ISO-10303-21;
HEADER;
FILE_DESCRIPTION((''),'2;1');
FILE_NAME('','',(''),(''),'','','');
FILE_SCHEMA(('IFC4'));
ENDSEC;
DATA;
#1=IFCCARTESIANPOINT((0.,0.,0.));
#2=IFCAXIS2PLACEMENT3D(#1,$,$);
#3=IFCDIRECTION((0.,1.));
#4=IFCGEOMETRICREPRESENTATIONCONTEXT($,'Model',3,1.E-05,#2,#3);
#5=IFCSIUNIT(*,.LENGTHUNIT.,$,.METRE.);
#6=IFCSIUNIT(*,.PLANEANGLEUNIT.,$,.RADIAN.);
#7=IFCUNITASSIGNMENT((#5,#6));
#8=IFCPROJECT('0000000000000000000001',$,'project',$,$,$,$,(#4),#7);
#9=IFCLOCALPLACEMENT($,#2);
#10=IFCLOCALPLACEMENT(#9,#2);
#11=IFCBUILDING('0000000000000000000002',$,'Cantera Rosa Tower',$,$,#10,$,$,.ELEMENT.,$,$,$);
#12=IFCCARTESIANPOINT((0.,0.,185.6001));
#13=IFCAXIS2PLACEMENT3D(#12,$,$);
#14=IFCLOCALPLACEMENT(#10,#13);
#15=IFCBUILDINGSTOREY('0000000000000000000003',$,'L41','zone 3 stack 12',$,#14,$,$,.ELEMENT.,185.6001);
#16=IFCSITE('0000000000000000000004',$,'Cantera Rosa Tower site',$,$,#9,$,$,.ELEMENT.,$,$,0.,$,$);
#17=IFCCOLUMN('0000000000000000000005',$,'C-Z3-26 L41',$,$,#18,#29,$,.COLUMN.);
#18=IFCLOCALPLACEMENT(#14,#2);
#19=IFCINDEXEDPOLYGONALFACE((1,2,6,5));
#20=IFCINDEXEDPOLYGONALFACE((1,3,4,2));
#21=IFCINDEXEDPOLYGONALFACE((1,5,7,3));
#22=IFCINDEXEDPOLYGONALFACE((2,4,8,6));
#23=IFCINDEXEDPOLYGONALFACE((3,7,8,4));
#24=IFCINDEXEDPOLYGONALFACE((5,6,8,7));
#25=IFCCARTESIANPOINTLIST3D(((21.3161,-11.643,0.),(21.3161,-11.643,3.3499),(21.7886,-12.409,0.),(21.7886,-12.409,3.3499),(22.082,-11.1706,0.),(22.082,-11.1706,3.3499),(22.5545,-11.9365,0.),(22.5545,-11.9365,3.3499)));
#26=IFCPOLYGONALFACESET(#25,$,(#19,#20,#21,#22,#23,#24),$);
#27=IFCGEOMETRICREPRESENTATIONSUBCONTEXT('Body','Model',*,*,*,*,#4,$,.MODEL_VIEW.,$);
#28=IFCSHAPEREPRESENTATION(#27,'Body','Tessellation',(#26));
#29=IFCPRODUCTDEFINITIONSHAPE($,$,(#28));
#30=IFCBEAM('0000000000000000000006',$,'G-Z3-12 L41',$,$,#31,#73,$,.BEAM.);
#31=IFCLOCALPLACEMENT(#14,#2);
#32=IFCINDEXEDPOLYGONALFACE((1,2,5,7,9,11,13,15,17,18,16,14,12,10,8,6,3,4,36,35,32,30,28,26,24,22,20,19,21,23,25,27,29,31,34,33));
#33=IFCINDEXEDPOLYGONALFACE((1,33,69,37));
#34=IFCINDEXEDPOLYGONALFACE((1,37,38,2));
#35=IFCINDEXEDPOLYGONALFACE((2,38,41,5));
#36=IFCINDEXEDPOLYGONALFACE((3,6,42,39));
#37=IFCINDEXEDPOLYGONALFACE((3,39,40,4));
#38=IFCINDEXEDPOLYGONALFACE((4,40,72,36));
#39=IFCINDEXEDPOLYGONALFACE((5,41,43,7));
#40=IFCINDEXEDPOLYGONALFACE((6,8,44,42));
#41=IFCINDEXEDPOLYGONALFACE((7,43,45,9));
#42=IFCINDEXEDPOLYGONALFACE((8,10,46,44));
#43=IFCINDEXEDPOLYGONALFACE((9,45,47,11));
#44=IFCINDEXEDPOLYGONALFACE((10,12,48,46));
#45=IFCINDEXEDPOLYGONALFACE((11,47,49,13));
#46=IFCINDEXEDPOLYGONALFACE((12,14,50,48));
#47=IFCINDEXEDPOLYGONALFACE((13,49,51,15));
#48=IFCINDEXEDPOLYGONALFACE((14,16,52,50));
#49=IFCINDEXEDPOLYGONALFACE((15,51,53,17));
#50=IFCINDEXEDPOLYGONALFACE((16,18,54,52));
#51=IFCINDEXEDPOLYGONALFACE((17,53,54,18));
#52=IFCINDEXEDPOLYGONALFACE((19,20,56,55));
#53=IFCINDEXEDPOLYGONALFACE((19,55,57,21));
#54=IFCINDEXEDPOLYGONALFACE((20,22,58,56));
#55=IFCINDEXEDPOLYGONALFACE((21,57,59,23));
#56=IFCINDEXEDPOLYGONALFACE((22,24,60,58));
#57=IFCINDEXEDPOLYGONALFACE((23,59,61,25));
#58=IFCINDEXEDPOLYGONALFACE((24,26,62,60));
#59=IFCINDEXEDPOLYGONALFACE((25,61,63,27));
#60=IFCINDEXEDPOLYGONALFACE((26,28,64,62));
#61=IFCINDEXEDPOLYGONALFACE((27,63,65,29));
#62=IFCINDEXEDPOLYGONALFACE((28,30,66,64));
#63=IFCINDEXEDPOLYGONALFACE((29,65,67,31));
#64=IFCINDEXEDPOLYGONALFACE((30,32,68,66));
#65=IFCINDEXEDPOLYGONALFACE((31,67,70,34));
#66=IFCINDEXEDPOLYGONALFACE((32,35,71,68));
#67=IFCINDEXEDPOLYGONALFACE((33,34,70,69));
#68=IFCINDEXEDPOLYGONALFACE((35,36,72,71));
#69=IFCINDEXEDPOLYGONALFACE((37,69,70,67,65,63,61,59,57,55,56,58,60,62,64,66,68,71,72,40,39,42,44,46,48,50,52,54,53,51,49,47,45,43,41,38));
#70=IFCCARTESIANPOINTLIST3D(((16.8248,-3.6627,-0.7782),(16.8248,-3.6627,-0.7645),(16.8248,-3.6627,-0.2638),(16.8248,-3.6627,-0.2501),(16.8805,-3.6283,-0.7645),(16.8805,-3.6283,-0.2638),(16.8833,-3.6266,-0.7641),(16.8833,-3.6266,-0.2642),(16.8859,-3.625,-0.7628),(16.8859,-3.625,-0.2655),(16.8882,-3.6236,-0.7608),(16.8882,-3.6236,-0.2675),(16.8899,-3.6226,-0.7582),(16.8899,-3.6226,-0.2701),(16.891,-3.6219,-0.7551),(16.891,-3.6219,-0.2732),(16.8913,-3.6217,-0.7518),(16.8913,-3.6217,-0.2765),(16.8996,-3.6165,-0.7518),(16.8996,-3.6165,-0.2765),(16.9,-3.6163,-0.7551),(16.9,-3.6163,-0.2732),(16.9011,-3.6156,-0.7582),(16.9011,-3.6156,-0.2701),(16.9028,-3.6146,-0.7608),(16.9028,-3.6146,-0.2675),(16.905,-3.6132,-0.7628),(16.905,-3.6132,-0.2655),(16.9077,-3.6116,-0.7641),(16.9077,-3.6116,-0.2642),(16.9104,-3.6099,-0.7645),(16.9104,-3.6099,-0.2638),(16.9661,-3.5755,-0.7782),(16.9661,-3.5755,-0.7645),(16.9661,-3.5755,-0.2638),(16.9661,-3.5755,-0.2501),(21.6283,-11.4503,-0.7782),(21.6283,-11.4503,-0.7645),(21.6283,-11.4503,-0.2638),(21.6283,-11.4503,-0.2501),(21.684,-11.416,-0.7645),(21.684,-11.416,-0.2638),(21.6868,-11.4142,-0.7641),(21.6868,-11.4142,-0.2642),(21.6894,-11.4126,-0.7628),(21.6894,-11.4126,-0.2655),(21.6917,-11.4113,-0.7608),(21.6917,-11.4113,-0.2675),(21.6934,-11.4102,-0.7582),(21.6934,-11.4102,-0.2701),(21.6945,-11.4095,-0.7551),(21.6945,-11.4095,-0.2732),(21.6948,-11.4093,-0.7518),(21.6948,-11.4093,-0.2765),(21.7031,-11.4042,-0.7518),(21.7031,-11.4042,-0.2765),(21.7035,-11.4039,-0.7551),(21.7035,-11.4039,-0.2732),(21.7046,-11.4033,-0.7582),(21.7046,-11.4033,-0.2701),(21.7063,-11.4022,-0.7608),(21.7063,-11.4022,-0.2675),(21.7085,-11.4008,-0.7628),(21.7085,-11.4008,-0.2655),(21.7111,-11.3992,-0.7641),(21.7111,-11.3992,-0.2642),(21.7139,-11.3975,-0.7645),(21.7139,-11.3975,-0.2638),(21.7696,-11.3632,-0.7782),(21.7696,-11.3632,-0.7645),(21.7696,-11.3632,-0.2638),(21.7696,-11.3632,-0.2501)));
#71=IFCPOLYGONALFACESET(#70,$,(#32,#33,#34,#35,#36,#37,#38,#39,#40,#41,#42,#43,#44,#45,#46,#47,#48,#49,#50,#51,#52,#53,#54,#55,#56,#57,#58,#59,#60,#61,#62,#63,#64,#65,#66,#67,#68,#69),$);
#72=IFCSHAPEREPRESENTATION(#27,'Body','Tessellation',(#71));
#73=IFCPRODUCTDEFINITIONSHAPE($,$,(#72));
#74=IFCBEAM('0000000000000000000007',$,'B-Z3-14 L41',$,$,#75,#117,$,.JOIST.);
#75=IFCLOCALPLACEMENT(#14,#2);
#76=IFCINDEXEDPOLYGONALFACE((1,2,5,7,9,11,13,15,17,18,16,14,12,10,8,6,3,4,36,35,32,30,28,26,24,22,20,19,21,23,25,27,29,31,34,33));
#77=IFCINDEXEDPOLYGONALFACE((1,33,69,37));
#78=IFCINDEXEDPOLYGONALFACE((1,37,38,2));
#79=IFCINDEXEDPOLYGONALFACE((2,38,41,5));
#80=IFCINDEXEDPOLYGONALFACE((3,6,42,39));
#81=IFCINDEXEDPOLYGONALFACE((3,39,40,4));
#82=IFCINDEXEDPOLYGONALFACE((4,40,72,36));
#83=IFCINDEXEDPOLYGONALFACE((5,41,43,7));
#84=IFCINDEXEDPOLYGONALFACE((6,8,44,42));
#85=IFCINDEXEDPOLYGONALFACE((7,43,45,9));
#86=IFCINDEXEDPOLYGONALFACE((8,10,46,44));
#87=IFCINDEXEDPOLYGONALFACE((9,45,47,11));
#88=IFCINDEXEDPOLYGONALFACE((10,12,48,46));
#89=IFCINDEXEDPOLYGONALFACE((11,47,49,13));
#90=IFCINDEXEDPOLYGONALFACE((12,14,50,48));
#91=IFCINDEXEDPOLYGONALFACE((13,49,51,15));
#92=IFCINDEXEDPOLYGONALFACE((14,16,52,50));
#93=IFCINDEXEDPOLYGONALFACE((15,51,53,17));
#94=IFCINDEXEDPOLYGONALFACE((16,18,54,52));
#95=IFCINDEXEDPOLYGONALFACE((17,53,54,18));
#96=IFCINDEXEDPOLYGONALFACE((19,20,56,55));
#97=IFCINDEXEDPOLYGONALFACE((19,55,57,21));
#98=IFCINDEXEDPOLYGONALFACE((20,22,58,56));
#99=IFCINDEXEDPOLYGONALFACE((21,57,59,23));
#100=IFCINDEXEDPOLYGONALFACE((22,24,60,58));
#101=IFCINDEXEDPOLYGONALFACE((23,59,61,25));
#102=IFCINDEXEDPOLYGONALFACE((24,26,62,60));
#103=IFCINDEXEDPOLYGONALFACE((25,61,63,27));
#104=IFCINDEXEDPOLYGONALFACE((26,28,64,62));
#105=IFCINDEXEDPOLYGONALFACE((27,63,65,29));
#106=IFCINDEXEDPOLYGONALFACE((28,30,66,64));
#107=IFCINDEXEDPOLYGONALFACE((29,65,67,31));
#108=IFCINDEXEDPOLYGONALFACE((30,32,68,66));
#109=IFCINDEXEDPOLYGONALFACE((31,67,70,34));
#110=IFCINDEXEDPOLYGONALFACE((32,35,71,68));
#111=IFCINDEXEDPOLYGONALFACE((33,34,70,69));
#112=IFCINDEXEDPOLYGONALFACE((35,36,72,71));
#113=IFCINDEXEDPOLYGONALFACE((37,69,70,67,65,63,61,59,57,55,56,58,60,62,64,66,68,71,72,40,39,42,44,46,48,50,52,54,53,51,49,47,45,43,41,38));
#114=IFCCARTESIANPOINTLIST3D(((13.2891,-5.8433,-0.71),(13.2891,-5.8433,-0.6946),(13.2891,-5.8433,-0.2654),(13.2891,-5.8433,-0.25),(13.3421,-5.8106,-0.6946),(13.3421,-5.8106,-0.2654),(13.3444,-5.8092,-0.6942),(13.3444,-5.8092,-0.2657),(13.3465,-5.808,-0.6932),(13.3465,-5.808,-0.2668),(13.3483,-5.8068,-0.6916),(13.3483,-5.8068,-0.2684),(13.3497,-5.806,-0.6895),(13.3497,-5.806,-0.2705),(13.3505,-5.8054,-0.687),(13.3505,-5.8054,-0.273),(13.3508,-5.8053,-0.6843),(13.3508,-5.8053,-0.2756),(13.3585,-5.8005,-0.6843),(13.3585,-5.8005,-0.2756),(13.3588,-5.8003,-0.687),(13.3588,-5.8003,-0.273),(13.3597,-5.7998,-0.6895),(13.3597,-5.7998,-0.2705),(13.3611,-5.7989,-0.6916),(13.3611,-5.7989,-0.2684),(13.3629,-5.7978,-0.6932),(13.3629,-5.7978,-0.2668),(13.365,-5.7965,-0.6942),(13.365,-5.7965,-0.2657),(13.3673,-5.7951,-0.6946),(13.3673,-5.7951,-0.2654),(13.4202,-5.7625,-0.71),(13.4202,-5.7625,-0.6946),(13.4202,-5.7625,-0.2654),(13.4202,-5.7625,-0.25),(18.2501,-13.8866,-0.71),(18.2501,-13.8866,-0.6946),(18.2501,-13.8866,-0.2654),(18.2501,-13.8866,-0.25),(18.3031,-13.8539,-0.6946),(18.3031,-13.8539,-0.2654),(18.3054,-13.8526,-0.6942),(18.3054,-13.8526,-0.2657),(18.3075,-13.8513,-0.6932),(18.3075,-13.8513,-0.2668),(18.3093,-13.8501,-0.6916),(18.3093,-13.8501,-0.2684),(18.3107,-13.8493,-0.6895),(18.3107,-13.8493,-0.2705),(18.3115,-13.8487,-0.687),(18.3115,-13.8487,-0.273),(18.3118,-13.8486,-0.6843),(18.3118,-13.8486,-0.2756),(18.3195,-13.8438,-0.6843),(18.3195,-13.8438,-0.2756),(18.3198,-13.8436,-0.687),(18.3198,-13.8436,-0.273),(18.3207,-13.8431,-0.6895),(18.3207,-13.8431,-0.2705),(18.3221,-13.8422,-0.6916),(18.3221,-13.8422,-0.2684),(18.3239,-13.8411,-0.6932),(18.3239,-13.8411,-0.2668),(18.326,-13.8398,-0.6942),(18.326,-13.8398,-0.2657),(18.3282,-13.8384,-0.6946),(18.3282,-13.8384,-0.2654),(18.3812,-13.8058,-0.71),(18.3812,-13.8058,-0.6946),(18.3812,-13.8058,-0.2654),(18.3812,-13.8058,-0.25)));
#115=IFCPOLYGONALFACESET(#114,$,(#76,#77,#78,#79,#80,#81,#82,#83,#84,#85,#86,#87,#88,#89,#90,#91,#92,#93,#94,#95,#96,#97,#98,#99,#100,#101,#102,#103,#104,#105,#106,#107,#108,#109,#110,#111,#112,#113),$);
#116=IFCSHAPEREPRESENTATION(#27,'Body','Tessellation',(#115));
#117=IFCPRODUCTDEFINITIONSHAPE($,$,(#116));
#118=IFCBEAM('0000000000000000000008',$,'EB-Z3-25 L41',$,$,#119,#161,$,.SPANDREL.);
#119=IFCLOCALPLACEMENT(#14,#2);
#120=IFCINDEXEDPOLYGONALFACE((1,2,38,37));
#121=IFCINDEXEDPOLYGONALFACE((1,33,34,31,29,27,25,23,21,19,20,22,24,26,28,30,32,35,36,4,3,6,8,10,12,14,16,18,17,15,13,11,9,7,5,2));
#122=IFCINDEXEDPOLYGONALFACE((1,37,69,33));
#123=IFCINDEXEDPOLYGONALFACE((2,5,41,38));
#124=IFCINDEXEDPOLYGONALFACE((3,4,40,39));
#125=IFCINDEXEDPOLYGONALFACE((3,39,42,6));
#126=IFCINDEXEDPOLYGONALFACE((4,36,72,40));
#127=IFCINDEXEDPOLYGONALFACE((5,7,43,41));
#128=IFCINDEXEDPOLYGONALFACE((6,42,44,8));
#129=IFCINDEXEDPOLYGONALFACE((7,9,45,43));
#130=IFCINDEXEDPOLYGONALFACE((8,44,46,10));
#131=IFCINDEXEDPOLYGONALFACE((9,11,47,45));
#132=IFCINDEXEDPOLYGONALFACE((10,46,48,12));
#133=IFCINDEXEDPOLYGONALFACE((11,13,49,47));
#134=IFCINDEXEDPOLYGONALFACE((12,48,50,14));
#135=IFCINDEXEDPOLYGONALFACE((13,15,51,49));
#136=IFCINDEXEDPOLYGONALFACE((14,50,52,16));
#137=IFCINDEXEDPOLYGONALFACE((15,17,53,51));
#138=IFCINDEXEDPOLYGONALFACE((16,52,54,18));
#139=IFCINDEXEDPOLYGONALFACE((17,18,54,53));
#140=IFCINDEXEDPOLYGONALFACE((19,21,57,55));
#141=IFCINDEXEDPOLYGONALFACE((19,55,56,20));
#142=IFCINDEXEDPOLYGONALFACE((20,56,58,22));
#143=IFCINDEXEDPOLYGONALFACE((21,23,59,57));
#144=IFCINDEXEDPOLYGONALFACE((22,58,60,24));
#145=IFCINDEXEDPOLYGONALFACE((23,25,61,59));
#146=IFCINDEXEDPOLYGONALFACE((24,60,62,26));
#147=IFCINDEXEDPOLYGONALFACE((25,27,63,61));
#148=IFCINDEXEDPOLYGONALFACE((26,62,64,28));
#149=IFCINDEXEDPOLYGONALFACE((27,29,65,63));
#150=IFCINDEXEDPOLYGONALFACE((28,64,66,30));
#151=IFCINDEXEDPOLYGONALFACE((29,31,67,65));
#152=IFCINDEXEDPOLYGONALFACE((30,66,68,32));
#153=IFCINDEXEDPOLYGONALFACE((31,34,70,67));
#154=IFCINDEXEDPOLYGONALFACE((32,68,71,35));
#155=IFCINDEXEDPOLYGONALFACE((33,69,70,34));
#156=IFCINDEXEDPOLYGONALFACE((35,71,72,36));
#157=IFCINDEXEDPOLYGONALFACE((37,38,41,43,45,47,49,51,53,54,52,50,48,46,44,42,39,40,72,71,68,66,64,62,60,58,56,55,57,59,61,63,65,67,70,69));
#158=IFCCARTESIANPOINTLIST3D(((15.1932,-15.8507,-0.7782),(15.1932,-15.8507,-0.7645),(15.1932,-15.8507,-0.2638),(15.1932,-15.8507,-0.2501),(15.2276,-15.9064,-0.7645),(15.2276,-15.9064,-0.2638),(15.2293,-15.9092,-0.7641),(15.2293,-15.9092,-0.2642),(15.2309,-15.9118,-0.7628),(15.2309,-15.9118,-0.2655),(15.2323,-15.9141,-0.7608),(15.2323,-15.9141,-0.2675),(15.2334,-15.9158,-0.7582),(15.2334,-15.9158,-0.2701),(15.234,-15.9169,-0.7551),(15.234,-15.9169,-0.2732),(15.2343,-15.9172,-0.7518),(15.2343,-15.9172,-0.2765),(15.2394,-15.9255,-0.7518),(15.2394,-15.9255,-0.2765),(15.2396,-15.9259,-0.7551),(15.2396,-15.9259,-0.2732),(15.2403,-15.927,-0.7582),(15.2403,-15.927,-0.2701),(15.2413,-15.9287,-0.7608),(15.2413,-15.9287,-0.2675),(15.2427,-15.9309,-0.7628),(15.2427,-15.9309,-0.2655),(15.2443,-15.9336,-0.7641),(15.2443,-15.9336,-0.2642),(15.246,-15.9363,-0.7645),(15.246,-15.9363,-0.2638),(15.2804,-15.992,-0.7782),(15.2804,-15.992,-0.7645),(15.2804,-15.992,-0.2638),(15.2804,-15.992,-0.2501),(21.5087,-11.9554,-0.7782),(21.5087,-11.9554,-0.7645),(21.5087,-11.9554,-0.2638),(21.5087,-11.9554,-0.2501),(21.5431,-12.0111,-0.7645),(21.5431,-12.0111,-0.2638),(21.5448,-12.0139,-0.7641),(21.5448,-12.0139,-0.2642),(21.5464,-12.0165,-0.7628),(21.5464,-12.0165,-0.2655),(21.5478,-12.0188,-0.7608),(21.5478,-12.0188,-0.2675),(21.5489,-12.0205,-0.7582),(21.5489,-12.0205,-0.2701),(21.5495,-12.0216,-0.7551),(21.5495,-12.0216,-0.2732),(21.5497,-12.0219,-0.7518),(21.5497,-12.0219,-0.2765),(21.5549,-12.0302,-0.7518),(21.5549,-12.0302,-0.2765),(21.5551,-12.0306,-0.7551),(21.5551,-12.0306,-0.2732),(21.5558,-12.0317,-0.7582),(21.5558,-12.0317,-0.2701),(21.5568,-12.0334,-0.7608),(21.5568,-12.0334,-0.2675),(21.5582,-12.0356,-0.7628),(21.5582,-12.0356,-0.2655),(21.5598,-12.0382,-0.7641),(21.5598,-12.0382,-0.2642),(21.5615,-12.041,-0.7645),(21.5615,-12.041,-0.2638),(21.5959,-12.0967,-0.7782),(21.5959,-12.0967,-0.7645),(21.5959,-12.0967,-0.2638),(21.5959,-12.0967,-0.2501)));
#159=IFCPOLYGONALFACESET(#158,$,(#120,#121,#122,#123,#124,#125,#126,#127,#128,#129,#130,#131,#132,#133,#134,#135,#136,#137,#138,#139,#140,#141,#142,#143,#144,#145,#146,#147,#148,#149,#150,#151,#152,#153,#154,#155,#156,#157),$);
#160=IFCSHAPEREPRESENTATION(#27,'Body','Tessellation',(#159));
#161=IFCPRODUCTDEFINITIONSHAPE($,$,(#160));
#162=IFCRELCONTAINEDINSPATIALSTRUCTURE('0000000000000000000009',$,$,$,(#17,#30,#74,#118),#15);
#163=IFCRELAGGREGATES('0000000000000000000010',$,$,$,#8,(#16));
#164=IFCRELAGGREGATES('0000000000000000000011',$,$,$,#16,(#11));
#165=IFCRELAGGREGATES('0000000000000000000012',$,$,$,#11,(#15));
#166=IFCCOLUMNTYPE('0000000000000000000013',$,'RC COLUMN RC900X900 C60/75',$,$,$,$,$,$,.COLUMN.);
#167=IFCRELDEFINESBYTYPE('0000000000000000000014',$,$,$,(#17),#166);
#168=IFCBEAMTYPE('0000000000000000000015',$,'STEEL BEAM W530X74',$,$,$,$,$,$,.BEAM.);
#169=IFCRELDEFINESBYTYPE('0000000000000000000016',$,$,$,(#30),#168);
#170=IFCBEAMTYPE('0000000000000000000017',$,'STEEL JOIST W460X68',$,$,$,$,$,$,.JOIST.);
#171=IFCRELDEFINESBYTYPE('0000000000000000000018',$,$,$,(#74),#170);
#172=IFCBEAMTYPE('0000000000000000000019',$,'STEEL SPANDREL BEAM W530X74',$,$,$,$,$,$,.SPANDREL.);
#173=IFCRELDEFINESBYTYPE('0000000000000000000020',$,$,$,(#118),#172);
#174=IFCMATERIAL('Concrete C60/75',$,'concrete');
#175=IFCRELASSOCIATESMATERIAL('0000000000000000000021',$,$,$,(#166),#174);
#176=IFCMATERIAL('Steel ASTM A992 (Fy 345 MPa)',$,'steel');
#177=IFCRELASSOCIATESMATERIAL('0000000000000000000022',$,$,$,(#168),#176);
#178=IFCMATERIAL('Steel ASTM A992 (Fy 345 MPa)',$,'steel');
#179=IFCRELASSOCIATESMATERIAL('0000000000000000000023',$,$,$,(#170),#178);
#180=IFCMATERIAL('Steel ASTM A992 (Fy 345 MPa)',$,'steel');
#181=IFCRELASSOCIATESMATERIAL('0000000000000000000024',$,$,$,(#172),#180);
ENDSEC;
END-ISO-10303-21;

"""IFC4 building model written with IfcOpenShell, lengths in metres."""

from ifc_helpers import new_model, si_unit, direction, frame, origin, origin_2d, place, context, subcontext, project, spatial, rectangle, i_section, extrude, material, material_profile, profile_set, type_object, element, save


model = new_model("IFC4")

# Units and contexts
model_context = context("Model", 3, precision=1e-05, world=origin(), true_north=direction((0.0, 1.0)))
body_context = subcontext(model_context, "Body", "Model", "MODEL_VIEW")
ifc_project = project(units=[si_unit("LENGTHUNIT", "METRE"), si_unit("PLANEANGLEUNIT", "RADIAN")], contexts=[model_context])

# Site, building, storey
site_placement = place(None, origin())
site = spatial("IfcSite", under=ifc_project, at=site_placement, Name="Cantera Rosa Tower site", CompositionType="ELEMENT", RefElevation=0.0)
building_placement = place(site_placement, origin())
building = spatial("IfcBuilding", under=site, at=building_placement, Name="Cantera Rosa Tower", CompositionType="ELEMENT")
storey_placement = place(building_placement, frame((0.0, 0.0, 185.6001)))
storey = spatial("IfcBuildingStorey", under=building, at=storey_placement, Name="L41", Description="zone 3 stack 12", CompositionType="ELEMENT", Elevation=185.6001)

# Column
ifc_material_1 = material(Name="Concrete C60/75", Category="concrete")
ifc_material_profile_1 = material_profile(ifc_material_1, rectangle(XDim=0.8999, YDim=0.8999, at=origin_2d()), Name="RC COLUMN RC900X900 C60/75")
ifc_profile_set_1 = profile_set([ifc_material_profile_1], Name="Concrete C60/75")
column_type = type_object("IfcColumnType", Name="RC COLUMN RC900X900 C60/75", PredefinedType="COLUMN", material=ifc_profile_set_1)
column_placement = place(storey_placement, frame((21.9353, -11.7898, 0.0), z_axis=(0.0, 0.0, 1.0), x_axis=(0.851117, 0.524977, 0.0)))
element("IfcColumn", 1, at=column_placement, inside=storey, type_object=column_type, Name="C-Z3-26 L41", PredefinedType="COLUMN", context=body_context, shape_type="SweptSolid", body=[
    extrude(rectangle(XDim=0.8999, YDim=0.8999, at=origin_2d()), origin(), (0.0, 0.0, 1.0), 3.3499),
])

# Beams
ifc_material_2 = material(Name="Steel ASTM A992 (Fy 345 MPa)", Category="steel")
ifc_material_profile_2 = material_profile(ifc_material_2, i_section(OverallWidth=0.166, OverallDepth=0.5281, WebThickness=0.0098, FlangeThickness=0.0137, FilletRadius=0.0127, at=origin_2d()), Name="W530X74")
ifc_profile_set_2 = profile_set([ifc_material_profile_2], Name="Steel ASTM A992 (Fy 345 MPa)")
beam_type_1 = type_object("IfcBeamType", Name="STEEL BEAM W530X74", PredefinedType="BEAM", material=ifc_profile_set_2)
beam_1_placement = place(storey_placement, frame((21.699, -11.4067, -0.5142), z_axis=(-0.524977, 0.851116, 0.0), x_axis=(-0.851116, -0.524977, 0.0)))
element("IfcBeam", 2, at=beam_1_placement, inside=storey, type_object=beam_type_1, Name="G-Z3-12 L41", PredefinedType="BEAM", context=body_context, shape_type="SweptSolid", body=[
    extrude(i_section(OverallWidth=0.166, OverallDepth=0.5281, WebThickness=0.0098, FlangeThickness=0.0137, FilletRadius=0.0127, at=origin_2d()), origin(), (0.0, 0.0, 1.0), 9.1499),
])
ifc_material_3 = material(Name="Steel ASTM A992 (Fy 345 MPa)", Category="steel")
ifc_material_profile_3 = material_profile(ifc_material_3, i_section(OverallWidth=0.1541, OverallDepth=0.46, WebThickness=0.009, FlangeThickness=0.0154, FilletRadius=0.0103, at=origin_2d()), Name="W460X68")
ifc_profile_set_3 = profile_set([ifc_material_profile_3], Name="Steel ASTM A992 (Fy 345 MPa)")
beam_type_2 = type_object("IfcBeamType", Name="STEEL JOIST W460X68", PredefinedType="JOIST", material=ifc_profile_set_3)
beam_2_placement = place(storey_placement, frame((18.3157, -13.8462, -0.48), z_axis=(-0.524962, 0.851126, 0.0), x_axis=(-0.851126, -0.524962, 0.0)))
element("IfcBeam", 3, at=beam_2_placement, inside=storey, type_object=beam_type_2, Name="B-Z3-14 L41", PredefinedType="JOIST", context=body_context, shape_type="SweptSolid", body=[
    extrude(i_section(OverallWidth=0.1541, OverallDepth=0.46, WebThickness=0.009, FlangeThickness=0.0154, FilletRadius=0.0103, at=origin_2d()), origin(), (0.0, 0.0, 1.0), 9.4502),
])
ifc_material_4 = material(Name="Steel ASTM A992 (Fy 345 MPa)", Category="steel")
ifc_material_profile_4 = material_profile(ifc_material_4, i_section(OverallWidth=0.166, OverallDepth=0.5281, WebThickness=0.0098, FlangeThickness=0.0137, FilletRadius=0.0127, at=origin_2d()), Name="W530X74")
ifc_profile_set_4 = profile_set([ifc_material_profile_4], Name="Steel ASTM A992 (Fy 345 MPa)")
beam_type_3 = type_object("IfcBeamType", Name="STEEL SPANDREL BEAM W530X74", PredefinedType="SPANDREL", material=ifc_profile_set_4)
for number, where, z_axis, x_axis, name in (
    (4, (15.2368, -15.9214, -0.5142), (0.851126, 0.524962, 0.0), (-0.524962, 0.851126, 0.0), "EB-Z3-25 L41"),
):
    element("IfcBeam", number, at=place(storey_placement, frame(where, z_axis=z_axis, x_axis=x_axis)), inside=storey, type_object=beam_type_3, Name=name, PredefinedType="SPANDREL", context=body_context, shape_type="SweptSolid", body=[
        extrude(i_section(OverallWidth=0.166, OverallDepth=0.5281, WebThickness=0.0098, FlangeThickness=0.0137, FilletRadius=0.0127, at=origin_2d()), origin(), (0.0, 0.0, 1.0), 7.4202),
    ])

save(model, "model.ifc")
